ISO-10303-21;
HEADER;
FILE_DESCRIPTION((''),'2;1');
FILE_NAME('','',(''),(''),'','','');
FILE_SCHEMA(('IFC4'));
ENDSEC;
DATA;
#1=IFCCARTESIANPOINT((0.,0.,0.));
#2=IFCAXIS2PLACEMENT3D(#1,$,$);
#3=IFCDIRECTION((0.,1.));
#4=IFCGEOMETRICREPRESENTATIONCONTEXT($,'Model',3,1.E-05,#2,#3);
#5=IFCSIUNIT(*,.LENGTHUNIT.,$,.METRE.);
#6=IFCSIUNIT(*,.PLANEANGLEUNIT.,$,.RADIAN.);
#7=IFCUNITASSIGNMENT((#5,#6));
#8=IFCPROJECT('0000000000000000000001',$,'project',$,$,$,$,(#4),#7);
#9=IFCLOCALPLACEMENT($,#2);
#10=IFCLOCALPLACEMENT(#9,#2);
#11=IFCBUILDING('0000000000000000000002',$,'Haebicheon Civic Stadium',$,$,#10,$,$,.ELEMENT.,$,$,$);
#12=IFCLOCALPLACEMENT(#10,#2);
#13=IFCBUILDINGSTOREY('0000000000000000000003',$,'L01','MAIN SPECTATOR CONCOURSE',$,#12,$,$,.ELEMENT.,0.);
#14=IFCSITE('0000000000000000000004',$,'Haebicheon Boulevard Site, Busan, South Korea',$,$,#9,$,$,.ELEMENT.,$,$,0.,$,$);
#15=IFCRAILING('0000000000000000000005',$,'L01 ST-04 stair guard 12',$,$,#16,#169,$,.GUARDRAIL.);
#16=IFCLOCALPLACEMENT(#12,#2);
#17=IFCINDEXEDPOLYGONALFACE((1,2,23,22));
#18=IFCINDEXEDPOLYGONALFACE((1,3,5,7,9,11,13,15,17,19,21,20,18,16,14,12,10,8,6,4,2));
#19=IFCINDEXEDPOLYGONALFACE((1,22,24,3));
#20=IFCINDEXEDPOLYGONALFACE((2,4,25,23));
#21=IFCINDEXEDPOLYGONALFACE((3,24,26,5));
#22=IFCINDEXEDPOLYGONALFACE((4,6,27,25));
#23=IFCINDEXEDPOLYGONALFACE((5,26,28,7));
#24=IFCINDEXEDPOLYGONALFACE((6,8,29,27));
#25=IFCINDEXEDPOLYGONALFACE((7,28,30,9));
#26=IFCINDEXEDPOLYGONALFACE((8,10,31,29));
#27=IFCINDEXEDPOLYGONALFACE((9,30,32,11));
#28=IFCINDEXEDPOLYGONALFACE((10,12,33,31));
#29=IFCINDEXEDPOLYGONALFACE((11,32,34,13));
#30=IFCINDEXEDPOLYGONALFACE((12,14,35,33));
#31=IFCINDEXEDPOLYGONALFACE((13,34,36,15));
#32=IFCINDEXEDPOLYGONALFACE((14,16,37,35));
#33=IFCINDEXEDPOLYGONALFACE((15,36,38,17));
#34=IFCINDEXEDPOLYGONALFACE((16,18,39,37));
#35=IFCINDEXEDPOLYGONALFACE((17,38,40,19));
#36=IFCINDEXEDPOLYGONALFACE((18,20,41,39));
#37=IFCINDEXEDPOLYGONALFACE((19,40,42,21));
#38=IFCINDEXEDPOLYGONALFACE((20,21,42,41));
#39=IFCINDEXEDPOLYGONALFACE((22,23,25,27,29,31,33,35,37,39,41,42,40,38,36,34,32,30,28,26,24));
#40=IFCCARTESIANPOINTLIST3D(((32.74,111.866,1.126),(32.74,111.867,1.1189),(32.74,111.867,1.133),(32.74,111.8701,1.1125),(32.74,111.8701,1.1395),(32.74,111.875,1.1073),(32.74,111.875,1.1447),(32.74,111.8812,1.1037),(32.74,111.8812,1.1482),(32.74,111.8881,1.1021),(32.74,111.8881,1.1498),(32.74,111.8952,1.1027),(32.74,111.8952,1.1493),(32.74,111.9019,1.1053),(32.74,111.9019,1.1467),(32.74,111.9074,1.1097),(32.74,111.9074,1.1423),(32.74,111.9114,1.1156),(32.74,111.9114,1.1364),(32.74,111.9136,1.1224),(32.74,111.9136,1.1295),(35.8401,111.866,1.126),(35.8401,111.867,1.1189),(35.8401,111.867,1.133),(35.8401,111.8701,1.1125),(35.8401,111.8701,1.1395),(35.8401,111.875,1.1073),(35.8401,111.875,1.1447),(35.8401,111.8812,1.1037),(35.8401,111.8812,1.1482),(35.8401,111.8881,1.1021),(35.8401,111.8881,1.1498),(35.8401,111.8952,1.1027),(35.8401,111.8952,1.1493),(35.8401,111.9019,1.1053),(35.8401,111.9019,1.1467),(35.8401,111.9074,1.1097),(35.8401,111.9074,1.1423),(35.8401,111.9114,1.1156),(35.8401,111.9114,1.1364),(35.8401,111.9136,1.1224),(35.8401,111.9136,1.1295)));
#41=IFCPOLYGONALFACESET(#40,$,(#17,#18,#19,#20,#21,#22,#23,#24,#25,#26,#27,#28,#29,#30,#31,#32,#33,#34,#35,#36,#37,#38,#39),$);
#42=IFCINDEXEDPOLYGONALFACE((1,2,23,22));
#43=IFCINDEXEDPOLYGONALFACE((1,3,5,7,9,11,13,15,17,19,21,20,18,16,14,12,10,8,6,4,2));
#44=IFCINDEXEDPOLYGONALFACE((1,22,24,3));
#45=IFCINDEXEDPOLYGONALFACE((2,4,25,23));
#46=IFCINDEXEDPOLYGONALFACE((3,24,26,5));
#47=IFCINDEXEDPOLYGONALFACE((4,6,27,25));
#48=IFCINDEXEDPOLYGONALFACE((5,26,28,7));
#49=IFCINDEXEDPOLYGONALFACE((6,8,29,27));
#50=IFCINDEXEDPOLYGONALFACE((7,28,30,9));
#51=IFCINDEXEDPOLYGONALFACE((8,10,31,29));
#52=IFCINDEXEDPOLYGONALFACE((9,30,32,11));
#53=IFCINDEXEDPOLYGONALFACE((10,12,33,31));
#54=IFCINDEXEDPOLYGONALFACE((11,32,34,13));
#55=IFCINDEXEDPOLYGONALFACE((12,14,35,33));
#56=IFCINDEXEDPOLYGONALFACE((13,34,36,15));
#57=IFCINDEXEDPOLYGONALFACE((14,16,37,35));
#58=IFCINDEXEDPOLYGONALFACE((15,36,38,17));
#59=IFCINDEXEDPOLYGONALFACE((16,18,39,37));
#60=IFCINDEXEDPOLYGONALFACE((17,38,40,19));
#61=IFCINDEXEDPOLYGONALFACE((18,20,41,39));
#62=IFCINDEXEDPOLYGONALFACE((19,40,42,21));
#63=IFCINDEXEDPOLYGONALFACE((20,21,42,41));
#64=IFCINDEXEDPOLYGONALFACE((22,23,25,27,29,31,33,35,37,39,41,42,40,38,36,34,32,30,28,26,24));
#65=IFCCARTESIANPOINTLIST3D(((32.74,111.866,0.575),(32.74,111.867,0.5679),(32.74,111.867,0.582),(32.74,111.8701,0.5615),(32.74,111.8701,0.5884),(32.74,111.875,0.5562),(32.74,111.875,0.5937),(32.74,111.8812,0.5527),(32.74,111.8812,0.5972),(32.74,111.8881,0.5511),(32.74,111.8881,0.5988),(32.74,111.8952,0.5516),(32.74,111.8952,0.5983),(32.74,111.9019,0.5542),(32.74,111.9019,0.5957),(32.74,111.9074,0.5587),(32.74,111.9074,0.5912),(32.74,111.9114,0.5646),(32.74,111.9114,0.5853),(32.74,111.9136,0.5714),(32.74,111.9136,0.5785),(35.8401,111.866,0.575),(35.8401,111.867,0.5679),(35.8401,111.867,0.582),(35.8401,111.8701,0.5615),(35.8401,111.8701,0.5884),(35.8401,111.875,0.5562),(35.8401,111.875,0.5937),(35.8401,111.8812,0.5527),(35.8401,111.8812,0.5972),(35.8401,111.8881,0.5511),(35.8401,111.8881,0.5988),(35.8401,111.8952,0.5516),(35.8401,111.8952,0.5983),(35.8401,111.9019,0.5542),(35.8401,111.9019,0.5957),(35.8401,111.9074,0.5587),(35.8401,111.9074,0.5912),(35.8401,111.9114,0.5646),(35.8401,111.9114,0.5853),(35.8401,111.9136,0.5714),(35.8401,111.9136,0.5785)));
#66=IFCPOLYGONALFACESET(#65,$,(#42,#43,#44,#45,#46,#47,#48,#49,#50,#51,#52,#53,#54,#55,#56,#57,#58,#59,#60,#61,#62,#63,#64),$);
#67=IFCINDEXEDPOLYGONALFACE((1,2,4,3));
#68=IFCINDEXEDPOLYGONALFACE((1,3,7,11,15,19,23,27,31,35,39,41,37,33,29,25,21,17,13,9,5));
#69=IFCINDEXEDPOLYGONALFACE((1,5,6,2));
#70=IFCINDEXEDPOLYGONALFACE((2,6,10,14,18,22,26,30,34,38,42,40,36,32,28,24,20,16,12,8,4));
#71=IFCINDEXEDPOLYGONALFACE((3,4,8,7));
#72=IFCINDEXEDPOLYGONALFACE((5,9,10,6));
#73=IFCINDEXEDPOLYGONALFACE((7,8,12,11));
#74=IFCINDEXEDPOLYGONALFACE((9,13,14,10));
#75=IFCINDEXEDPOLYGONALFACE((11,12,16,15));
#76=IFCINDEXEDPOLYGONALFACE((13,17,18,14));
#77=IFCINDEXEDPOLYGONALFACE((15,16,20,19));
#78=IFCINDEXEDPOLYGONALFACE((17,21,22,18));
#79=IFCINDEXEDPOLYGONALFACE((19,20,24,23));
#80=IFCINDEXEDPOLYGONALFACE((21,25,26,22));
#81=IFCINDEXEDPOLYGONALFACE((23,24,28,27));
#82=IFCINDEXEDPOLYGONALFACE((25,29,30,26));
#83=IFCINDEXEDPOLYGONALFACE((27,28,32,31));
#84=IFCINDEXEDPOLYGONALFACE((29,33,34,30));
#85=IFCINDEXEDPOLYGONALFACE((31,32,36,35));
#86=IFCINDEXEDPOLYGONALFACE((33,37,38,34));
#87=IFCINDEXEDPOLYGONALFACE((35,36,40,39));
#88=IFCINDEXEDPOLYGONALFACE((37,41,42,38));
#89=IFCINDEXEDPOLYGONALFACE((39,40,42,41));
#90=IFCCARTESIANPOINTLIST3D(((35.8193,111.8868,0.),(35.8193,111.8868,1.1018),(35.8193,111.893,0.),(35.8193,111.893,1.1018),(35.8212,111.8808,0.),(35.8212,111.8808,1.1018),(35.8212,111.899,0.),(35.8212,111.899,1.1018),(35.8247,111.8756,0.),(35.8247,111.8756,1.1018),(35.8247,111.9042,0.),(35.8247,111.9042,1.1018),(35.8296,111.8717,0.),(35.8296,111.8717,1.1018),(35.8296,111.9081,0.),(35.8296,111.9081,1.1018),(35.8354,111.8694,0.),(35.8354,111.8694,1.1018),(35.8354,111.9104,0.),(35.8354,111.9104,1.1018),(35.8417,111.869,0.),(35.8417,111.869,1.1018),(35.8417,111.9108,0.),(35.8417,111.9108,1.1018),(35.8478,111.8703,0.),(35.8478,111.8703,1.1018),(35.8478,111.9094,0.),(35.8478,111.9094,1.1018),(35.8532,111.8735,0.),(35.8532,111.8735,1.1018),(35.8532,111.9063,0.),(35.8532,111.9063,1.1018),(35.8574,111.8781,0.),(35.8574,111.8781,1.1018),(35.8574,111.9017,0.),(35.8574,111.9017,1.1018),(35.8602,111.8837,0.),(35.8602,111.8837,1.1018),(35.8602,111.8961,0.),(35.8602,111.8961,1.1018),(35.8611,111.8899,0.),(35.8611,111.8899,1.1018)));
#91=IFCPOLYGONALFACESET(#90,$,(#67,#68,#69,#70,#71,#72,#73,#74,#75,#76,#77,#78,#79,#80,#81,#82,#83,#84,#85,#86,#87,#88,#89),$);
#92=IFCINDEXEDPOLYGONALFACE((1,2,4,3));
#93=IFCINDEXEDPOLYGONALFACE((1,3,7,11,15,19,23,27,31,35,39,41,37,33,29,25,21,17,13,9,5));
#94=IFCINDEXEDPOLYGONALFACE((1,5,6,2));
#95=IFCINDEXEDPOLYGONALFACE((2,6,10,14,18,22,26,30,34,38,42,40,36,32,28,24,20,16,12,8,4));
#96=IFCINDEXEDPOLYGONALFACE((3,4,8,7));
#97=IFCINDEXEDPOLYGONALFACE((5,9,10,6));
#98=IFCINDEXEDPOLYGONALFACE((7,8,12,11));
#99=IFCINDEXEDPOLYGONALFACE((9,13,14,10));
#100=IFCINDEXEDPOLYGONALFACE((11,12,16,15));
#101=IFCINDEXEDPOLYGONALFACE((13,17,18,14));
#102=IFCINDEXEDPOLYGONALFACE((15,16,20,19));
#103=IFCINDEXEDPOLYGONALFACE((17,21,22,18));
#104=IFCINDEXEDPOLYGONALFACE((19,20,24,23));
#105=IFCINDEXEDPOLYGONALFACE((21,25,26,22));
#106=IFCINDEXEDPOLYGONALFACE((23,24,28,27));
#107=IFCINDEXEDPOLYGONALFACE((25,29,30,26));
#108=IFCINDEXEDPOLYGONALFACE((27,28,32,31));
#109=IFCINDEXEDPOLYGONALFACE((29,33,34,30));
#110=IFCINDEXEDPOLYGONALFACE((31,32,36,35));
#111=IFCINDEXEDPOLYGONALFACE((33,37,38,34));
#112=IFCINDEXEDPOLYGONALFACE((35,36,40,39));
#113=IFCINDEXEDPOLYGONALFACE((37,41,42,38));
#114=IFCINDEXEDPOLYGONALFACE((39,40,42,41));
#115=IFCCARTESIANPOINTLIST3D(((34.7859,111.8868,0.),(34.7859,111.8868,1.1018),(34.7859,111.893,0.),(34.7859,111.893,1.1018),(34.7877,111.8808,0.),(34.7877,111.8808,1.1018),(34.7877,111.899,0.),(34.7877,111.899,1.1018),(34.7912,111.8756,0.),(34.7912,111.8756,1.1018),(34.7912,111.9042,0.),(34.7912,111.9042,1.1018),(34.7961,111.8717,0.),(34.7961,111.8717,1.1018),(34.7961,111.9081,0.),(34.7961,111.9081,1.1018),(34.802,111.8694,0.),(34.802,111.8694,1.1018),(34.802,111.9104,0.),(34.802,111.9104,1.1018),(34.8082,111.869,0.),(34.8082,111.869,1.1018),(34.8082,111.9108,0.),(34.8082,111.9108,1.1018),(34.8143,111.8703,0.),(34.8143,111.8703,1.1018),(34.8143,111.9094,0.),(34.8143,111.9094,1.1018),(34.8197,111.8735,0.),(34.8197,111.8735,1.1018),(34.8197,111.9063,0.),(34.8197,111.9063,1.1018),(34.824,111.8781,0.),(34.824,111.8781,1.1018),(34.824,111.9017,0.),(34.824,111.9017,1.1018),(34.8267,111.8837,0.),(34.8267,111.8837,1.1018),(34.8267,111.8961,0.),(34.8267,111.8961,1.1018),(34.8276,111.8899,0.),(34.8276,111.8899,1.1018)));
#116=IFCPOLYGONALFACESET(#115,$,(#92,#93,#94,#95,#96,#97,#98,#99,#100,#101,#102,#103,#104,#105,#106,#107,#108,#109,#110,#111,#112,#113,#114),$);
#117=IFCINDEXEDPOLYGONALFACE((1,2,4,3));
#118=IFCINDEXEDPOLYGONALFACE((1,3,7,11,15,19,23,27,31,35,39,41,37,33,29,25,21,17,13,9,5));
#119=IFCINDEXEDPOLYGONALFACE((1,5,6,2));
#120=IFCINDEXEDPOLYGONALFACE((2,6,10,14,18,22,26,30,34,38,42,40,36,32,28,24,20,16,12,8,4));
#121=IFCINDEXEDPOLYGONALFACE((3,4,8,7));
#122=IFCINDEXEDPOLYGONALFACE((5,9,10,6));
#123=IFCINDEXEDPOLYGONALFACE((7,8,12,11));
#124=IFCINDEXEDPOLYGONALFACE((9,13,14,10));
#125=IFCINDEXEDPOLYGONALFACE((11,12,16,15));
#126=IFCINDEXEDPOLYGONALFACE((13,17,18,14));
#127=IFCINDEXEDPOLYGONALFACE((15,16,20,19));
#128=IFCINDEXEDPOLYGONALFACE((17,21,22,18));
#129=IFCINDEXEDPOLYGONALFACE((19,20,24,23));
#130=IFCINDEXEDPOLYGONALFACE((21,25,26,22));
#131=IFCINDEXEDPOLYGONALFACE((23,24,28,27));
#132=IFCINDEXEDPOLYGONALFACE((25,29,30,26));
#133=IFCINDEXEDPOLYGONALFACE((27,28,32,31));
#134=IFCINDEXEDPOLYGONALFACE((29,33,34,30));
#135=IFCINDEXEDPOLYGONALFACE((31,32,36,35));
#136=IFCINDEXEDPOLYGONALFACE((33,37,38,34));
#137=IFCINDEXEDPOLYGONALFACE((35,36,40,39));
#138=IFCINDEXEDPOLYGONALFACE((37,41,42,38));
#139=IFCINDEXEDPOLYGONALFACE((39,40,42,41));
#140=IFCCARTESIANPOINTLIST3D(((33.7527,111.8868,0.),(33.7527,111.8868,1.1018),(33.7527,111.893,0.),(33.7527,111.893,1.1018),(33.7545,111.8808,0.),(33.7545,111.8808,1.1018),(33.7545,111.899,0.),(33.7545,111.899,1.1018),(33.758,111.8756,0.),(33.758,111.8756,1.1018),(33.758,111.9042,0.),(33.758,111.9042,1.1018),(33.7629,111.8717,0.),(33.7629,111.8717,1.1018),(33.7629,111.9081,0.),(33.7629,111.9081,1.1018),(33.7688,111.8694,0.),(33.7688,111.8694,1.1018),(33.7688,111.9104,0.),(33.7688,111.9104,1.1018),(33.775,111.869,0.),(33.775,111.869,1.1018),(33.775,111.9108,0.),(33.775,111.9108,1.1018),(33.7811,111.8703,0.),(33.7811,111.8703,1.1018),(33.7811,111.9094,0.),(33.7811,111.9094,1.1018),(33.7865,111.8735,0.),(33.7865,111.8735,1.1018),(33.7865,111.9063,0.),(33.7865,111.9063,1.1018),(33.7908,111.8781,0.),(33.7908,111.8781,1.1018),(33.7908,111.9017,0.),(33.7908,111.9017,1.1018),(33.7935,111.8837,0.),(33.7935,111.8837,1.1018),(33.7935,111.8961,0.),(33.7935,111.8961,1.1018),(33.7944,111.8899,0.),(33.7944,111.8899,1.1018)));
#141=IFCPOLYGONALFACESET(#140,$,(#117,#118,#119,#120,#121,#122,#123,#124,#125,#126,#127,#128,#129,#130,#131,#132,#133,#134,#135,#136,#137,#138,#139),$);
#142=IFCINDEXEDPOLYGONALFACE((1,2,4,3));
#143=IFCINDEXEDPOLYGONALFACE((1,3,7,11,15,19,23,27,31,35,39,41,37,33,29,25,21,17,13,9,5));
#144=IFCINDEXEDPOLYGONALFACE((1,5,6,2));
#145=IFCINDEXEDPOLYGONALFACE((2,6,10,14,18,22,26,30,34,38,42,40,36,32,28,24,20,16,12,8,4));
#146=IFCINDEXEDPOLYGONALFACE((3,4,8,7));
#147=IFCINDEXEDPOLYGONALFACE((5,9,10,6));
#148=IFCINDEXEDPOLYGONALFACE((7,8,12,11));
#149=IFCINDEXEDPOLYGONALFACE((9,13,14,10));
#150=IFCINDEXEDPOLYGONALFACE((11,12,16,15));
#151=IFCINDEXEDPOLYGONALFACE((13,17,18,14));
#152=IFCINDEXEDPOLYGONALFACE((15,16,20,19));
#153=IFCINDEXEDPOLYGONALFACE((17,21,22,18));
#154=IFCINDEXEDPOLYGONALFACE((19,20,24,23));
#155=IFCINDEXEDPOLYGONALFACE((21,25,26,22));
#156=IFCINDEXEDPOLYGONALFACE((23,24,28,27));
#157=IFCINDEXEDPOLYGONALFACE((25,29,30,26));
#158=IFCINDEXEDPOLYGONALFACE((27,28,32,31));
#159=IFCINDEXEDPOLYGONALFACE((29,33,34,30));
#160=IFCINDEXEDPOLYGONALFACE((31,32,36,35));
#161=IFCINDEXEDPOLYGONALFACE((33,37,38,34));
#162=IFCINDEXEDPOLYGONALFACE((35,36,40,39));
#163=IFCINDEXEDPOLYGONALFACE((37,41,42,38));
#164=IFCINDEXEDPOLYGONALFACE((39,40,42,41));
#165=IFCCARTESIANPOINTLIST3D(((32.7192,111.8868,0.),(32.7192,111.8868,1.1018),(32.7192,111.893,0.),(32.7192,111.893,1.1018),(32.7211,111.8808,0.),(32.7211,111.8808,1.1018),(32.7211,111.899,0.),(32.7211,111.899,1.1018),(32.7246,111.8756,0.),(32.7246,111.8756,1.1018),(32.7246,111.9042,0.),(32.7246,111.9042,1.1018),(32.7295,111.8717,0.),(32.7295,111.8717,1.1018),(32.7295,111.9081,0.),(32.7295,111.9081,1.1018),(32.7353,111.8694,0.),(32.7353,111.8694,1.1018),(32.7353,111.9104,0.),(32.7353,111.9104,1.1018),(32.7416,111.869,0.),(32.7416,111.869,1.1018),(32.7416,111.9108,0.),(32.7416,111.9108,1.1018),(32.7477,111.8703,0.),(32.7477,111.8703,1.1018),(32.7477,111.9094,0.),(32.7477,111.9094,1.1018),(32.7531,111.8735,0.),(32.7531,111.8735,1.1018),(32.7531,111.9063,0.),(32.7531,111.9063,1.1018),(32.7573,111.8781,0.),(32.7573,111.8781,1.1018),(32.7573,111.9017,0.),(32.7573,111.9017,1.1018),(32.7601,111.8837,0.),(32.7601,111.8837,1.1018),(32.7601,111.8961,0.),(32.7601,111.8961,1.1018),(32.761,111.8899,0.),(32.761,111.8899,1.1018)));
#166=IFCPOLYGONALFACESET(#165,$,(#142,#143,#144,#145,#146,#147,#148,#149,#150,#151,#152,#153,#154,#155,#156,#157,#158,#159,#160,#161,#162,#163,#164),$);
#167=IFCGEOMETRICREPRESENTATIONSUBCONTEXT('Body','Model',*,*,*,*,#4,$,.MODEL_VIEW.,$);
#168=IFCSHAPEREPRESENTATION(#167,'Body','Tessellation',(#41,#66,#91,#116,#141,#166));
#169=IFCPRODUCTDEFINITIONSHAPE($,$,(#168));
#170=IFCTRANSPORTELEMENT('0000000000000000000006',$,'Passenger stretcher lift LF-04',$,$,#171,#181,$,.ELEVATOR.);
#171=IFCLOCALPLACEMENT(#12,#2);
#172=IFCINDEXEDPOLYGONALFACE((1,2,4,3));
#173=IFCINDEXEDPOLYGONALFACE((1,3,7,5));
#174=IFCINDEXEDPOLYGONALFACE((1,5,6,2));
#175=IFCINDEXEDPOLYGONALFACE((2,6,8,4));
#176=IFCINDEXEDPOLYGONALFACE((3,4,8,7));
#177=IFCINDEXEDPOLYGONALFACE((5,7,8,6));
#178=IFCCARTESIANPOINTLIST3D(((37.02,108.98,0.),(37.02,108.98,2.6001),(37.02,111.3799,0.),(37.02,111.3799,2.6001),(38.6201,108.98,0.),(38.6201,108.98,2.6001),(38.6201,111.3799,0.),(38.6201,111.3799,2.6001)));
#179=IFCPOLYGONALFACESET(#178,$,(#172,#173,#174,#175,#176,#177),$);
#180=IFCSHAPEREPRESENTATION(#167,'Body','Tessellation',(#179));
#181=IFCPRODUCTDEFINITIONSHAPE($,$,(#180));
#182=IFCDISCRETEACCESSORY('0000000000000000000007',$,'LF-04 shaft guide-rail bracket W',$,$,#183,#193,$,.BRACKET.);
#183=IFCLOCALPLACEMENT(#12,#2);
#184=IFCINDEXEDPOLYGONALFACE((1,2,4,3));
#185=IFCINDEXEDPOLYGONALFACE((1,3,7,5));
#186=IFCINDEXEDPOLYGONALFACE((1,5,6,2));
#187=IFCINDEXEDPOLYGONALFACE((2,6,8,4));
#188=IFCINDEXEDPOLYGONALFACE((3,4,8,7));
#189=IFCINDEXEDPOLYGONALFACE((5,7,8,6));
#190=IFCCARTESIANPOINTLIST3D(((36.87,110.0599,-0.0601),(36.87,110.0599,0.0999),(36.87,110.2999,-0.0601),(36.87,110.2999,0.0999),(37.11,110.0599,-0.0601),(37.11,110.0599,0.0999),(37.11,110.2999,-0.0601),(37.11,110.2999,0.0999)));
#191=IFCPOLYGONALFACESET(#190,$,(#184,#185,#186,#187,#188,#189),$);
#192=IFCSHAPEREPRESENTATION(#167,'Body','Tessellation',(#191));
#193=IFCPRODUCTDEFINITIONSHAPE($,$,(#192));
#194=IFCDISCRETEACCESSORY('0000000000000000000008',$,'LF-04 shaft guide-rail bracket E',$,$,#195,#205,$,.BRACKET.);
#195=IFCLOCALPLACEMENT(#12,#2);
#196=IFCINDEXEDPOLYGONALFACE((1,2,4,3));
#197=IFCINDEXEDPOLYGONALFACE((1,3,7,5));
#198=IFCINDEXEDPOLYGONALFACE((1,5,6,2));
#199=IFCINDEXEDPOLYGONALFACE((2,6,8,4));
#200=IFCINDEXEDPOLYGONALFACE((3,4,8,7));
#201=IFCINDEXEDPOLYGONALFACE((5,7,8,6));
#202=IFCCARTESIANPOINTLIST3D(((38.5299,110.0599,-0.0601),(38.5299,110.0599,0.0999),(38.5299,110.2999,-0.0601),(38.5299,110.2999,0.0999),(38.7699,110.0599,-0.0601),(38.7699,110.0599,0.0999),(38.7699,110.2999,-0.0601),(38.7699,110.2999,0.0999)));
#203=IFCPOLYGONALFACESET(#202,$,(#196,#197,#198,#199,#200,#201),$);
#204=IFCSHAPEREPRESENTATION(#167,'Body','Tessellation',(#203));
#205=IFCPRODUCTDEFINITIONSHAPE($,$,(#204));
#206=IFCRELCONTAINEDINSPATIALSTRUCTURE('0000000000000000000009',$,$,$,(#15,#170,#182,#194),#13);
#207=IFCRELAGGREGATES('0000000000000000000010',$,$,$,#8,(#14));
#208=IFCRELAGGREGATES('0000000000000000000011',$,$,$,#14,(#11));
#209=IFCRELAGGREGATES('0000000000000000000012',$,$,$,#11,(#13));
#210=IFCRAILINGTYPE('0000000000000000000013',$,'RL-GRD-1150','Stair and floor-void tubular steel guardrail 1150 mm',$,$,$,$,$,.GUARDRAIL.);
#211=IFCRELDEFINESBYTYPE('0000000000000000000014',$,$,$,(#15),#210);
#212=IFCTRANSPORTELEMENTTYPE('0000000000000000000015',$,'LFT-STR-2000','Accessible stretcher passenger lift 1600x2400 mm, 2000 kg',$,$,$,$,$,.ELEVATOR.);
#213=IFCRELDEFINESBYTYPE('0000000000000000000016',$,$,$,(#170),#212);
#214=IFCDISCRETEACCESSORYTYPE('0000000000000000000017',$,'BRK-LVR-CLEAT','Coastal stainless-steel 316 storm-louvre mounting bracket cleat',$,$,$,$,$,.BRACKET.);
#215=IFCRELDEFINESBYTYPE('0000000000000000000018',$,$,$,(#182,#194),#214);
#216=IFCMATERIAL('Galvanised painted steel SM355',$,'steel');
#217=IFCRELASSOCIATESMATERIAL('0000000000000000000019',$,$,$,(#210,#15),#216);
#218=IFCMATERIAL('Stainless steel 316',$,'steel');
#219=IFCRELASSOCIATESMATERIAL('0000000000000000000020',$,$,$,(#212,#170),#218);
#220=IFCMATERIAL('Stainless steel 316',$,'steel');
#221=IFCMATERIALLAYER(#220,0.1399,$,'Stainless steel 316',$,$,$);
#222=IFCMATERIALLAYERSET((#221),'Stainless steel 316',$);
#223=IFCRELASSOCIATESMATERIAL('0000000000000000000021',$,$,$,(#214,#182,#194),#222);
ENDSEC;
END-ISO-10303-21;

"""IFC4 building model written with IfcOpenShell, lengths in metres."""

from ifc_helpers import new_model, si_unit, direction, frame, origin, origin_2d, place, context, subcontext, project, spatial, rectangle, circle, extrude, material, layer, layer_set, type_object, element, save


model = new_model("IFC4")

# Units and contexts
model_context = context("Model", 3, precision=1e-05, world=origin(), true_north=direction((0.0, 1.0)))
body_context = subcontext(model_context, "Body", "Model", "MODEL_VIEW")
ifc_project = project(units=[si_unit("LENGTHUNIT", "METRE"), si_unit("PLANEANGLEUNIT", "RADIAN")], contexts=[model_context])

# Site, building, storey
site_placement = place(None, origin())
site = spatial("IfcSite", under=ifc_project, at=site_placement, Name="Haebicheon Boulevard Site, Busan, South Korea", CompositionType="ELEMENT", RefElevation=0.0)
building_placement = place(site_placement, origin())
building = spatial("IfcBuilding", under=site, at=building_placement, Name="Haebicheon Civic Stadium", CompositionType="ELEMENT")
storey_placement = place(building_placement, origin())
storey = spatial("IfcBuildingStorey", under=building, at=storey_placement, Name="L01", Description="MAIN SPECTATOR CONCOURSE", CompositionType="ELEMENT", Elevation=0.0)

# Railing
ifc_material_1 = material(Name="Galvanised painted steel SM355", Category="steel")
railing_type = type_object("IfcRailingType", Name="RL-GRD-1150", Description="Stair and floor-void tubular steel guardrail 1150 mm", PredefinedType="GUARDRAIL", material=ifc_material_1)
railing_1_placement = place(storey_placement, frame((35.8401, 111.8899, 0.0)))
element("IfcRailing", 1, at=railing_1_placement, inside=storey, type_object=railing_type, material=ifc_material_1, Name="L01 ST-04 stair guard 12", PredefinedType="GUARDRAIL", context=body_context, shape_type="SweptSolid", body=[
    extrude(circle(Radius=0.0239, at=origin_2d()), frame((0.0, 0.0, 1.126), z_axis=(-1.0, 0.0, 0.0), x_axis=(0.0, -1.0, 0.0)), (0.0, 0.0, 1.0), 3.1001),
    extrude(circle(Radius=0.0239, at=origin_2d()), frame((0.0, 0.0, 0.575), z_axis=(-1.0, 0.0, 0.0), x_axis=(0.0, -1.0, 0.0)), (0.0, 0.0, 1.0), 3.1001),
    extrude(circle(Radius=0.021, at=origin_2d()), origin(), (0.0, 0.0, 1.0), 1.1018),
    extrude(circle(Radius=0.021, at=origin_2d()), frame((-1.0334, 0.0, 0.0)), (0.0, 0.0, 1.0), 1.1018),
    extrude(circle(Radius=0.021, at=origin_2d()), frame((-2.0667, 0.0, 0.0)), (0.0, 0.0, 1.0), 1.1018),
    extrude(circle(Radius=0.021, at=origin_2d()), frame((-3.1001, 0.0, 0.0)), (0.0, 0.0, 1.0), 1.1018),
])

# Transport element
ifc_material_2 = material(Name="Stainless steel 316", Category="steel")
transport_element_type = type_object("IfcTransportElementType", Name="LFT-STR-2000", Description="Accessible stretcher passenger lift 1600x2400 mm, 2000 kg", PredefinedType="ELEVATOR", material=ifc_material_2)
transport_element_placement = place(storey_placement, frame((37.8201, 110.1799, 0.0), z_axis=(0.0, 0.0, 1.0), x_axis=(1.0, 0.0, 0.0)))
element("IfcTransportElement", 2, at=transport_element_placement, inside=storey, type_object=transport_element_type, material=ifc_material_2, Name="Passenger stretcher lift LF-04", PredefinedType="ELEVATOR", context=body_context, shape_type="SweptSolid", body=[
    extrude(rectangle(XDim=1.6001, YDim=2.3999, at=origin_2d()), origin(), (0.0, 0.0, 1.0), 2.6001),
])

# Discrete accessories
ifc_material_3 = material(Name="Stainless steel 316", Category="steel")
ifc_layer_1 = layer(ifc_material_3, 0.1399, Name="Stainless steel 316")
ifc_layer_set_1 = layer_set([ifc_layer_1], Name="Stainless steel 316")
discrete_accessory_type = type_object("IfcDiscreteAccessoryType", Name="BRK-LVR-CLEAT", Description="Coastal stainless-steel 316 storm-louvre mounting bracket cleat", PredefinedType="BRACKET", material=ifc_layer_set_1)
for number, where, z_axis, x_axis, name in (
    (3, (36.99, 110.1799, -0.0601), (0.0, 0.0, 1.0), (1.0, 0.0, 0.0), "LF-04 shaft guide-rail bracket W"),
    (4, (38.6499, 110.1799, -0.0601), (0.0, 0.0, 1.0), (1.0, 0.0, 0.0), "LF-04 shaft guide-rail bracket E"),
):
    element("IfcDiscreteAccessory", number, at=place(storey_placement, frame(where, z_axis=z_axis, x_axis=x_axis)), inside=storey, type_object=discrete_accessory_type, material=ifc_layer_set_1, Name=name, PredefinedType="BRACKET", context=body_context, shape_type="SweptSolid", body=[
        extrude(rectangle(XDim=0.24, YDim=0.24, at=origin_2d()), origin(), (0.0, 0.0, 1.0), 0.1599),
    ])

save(model, "model.ifc")
